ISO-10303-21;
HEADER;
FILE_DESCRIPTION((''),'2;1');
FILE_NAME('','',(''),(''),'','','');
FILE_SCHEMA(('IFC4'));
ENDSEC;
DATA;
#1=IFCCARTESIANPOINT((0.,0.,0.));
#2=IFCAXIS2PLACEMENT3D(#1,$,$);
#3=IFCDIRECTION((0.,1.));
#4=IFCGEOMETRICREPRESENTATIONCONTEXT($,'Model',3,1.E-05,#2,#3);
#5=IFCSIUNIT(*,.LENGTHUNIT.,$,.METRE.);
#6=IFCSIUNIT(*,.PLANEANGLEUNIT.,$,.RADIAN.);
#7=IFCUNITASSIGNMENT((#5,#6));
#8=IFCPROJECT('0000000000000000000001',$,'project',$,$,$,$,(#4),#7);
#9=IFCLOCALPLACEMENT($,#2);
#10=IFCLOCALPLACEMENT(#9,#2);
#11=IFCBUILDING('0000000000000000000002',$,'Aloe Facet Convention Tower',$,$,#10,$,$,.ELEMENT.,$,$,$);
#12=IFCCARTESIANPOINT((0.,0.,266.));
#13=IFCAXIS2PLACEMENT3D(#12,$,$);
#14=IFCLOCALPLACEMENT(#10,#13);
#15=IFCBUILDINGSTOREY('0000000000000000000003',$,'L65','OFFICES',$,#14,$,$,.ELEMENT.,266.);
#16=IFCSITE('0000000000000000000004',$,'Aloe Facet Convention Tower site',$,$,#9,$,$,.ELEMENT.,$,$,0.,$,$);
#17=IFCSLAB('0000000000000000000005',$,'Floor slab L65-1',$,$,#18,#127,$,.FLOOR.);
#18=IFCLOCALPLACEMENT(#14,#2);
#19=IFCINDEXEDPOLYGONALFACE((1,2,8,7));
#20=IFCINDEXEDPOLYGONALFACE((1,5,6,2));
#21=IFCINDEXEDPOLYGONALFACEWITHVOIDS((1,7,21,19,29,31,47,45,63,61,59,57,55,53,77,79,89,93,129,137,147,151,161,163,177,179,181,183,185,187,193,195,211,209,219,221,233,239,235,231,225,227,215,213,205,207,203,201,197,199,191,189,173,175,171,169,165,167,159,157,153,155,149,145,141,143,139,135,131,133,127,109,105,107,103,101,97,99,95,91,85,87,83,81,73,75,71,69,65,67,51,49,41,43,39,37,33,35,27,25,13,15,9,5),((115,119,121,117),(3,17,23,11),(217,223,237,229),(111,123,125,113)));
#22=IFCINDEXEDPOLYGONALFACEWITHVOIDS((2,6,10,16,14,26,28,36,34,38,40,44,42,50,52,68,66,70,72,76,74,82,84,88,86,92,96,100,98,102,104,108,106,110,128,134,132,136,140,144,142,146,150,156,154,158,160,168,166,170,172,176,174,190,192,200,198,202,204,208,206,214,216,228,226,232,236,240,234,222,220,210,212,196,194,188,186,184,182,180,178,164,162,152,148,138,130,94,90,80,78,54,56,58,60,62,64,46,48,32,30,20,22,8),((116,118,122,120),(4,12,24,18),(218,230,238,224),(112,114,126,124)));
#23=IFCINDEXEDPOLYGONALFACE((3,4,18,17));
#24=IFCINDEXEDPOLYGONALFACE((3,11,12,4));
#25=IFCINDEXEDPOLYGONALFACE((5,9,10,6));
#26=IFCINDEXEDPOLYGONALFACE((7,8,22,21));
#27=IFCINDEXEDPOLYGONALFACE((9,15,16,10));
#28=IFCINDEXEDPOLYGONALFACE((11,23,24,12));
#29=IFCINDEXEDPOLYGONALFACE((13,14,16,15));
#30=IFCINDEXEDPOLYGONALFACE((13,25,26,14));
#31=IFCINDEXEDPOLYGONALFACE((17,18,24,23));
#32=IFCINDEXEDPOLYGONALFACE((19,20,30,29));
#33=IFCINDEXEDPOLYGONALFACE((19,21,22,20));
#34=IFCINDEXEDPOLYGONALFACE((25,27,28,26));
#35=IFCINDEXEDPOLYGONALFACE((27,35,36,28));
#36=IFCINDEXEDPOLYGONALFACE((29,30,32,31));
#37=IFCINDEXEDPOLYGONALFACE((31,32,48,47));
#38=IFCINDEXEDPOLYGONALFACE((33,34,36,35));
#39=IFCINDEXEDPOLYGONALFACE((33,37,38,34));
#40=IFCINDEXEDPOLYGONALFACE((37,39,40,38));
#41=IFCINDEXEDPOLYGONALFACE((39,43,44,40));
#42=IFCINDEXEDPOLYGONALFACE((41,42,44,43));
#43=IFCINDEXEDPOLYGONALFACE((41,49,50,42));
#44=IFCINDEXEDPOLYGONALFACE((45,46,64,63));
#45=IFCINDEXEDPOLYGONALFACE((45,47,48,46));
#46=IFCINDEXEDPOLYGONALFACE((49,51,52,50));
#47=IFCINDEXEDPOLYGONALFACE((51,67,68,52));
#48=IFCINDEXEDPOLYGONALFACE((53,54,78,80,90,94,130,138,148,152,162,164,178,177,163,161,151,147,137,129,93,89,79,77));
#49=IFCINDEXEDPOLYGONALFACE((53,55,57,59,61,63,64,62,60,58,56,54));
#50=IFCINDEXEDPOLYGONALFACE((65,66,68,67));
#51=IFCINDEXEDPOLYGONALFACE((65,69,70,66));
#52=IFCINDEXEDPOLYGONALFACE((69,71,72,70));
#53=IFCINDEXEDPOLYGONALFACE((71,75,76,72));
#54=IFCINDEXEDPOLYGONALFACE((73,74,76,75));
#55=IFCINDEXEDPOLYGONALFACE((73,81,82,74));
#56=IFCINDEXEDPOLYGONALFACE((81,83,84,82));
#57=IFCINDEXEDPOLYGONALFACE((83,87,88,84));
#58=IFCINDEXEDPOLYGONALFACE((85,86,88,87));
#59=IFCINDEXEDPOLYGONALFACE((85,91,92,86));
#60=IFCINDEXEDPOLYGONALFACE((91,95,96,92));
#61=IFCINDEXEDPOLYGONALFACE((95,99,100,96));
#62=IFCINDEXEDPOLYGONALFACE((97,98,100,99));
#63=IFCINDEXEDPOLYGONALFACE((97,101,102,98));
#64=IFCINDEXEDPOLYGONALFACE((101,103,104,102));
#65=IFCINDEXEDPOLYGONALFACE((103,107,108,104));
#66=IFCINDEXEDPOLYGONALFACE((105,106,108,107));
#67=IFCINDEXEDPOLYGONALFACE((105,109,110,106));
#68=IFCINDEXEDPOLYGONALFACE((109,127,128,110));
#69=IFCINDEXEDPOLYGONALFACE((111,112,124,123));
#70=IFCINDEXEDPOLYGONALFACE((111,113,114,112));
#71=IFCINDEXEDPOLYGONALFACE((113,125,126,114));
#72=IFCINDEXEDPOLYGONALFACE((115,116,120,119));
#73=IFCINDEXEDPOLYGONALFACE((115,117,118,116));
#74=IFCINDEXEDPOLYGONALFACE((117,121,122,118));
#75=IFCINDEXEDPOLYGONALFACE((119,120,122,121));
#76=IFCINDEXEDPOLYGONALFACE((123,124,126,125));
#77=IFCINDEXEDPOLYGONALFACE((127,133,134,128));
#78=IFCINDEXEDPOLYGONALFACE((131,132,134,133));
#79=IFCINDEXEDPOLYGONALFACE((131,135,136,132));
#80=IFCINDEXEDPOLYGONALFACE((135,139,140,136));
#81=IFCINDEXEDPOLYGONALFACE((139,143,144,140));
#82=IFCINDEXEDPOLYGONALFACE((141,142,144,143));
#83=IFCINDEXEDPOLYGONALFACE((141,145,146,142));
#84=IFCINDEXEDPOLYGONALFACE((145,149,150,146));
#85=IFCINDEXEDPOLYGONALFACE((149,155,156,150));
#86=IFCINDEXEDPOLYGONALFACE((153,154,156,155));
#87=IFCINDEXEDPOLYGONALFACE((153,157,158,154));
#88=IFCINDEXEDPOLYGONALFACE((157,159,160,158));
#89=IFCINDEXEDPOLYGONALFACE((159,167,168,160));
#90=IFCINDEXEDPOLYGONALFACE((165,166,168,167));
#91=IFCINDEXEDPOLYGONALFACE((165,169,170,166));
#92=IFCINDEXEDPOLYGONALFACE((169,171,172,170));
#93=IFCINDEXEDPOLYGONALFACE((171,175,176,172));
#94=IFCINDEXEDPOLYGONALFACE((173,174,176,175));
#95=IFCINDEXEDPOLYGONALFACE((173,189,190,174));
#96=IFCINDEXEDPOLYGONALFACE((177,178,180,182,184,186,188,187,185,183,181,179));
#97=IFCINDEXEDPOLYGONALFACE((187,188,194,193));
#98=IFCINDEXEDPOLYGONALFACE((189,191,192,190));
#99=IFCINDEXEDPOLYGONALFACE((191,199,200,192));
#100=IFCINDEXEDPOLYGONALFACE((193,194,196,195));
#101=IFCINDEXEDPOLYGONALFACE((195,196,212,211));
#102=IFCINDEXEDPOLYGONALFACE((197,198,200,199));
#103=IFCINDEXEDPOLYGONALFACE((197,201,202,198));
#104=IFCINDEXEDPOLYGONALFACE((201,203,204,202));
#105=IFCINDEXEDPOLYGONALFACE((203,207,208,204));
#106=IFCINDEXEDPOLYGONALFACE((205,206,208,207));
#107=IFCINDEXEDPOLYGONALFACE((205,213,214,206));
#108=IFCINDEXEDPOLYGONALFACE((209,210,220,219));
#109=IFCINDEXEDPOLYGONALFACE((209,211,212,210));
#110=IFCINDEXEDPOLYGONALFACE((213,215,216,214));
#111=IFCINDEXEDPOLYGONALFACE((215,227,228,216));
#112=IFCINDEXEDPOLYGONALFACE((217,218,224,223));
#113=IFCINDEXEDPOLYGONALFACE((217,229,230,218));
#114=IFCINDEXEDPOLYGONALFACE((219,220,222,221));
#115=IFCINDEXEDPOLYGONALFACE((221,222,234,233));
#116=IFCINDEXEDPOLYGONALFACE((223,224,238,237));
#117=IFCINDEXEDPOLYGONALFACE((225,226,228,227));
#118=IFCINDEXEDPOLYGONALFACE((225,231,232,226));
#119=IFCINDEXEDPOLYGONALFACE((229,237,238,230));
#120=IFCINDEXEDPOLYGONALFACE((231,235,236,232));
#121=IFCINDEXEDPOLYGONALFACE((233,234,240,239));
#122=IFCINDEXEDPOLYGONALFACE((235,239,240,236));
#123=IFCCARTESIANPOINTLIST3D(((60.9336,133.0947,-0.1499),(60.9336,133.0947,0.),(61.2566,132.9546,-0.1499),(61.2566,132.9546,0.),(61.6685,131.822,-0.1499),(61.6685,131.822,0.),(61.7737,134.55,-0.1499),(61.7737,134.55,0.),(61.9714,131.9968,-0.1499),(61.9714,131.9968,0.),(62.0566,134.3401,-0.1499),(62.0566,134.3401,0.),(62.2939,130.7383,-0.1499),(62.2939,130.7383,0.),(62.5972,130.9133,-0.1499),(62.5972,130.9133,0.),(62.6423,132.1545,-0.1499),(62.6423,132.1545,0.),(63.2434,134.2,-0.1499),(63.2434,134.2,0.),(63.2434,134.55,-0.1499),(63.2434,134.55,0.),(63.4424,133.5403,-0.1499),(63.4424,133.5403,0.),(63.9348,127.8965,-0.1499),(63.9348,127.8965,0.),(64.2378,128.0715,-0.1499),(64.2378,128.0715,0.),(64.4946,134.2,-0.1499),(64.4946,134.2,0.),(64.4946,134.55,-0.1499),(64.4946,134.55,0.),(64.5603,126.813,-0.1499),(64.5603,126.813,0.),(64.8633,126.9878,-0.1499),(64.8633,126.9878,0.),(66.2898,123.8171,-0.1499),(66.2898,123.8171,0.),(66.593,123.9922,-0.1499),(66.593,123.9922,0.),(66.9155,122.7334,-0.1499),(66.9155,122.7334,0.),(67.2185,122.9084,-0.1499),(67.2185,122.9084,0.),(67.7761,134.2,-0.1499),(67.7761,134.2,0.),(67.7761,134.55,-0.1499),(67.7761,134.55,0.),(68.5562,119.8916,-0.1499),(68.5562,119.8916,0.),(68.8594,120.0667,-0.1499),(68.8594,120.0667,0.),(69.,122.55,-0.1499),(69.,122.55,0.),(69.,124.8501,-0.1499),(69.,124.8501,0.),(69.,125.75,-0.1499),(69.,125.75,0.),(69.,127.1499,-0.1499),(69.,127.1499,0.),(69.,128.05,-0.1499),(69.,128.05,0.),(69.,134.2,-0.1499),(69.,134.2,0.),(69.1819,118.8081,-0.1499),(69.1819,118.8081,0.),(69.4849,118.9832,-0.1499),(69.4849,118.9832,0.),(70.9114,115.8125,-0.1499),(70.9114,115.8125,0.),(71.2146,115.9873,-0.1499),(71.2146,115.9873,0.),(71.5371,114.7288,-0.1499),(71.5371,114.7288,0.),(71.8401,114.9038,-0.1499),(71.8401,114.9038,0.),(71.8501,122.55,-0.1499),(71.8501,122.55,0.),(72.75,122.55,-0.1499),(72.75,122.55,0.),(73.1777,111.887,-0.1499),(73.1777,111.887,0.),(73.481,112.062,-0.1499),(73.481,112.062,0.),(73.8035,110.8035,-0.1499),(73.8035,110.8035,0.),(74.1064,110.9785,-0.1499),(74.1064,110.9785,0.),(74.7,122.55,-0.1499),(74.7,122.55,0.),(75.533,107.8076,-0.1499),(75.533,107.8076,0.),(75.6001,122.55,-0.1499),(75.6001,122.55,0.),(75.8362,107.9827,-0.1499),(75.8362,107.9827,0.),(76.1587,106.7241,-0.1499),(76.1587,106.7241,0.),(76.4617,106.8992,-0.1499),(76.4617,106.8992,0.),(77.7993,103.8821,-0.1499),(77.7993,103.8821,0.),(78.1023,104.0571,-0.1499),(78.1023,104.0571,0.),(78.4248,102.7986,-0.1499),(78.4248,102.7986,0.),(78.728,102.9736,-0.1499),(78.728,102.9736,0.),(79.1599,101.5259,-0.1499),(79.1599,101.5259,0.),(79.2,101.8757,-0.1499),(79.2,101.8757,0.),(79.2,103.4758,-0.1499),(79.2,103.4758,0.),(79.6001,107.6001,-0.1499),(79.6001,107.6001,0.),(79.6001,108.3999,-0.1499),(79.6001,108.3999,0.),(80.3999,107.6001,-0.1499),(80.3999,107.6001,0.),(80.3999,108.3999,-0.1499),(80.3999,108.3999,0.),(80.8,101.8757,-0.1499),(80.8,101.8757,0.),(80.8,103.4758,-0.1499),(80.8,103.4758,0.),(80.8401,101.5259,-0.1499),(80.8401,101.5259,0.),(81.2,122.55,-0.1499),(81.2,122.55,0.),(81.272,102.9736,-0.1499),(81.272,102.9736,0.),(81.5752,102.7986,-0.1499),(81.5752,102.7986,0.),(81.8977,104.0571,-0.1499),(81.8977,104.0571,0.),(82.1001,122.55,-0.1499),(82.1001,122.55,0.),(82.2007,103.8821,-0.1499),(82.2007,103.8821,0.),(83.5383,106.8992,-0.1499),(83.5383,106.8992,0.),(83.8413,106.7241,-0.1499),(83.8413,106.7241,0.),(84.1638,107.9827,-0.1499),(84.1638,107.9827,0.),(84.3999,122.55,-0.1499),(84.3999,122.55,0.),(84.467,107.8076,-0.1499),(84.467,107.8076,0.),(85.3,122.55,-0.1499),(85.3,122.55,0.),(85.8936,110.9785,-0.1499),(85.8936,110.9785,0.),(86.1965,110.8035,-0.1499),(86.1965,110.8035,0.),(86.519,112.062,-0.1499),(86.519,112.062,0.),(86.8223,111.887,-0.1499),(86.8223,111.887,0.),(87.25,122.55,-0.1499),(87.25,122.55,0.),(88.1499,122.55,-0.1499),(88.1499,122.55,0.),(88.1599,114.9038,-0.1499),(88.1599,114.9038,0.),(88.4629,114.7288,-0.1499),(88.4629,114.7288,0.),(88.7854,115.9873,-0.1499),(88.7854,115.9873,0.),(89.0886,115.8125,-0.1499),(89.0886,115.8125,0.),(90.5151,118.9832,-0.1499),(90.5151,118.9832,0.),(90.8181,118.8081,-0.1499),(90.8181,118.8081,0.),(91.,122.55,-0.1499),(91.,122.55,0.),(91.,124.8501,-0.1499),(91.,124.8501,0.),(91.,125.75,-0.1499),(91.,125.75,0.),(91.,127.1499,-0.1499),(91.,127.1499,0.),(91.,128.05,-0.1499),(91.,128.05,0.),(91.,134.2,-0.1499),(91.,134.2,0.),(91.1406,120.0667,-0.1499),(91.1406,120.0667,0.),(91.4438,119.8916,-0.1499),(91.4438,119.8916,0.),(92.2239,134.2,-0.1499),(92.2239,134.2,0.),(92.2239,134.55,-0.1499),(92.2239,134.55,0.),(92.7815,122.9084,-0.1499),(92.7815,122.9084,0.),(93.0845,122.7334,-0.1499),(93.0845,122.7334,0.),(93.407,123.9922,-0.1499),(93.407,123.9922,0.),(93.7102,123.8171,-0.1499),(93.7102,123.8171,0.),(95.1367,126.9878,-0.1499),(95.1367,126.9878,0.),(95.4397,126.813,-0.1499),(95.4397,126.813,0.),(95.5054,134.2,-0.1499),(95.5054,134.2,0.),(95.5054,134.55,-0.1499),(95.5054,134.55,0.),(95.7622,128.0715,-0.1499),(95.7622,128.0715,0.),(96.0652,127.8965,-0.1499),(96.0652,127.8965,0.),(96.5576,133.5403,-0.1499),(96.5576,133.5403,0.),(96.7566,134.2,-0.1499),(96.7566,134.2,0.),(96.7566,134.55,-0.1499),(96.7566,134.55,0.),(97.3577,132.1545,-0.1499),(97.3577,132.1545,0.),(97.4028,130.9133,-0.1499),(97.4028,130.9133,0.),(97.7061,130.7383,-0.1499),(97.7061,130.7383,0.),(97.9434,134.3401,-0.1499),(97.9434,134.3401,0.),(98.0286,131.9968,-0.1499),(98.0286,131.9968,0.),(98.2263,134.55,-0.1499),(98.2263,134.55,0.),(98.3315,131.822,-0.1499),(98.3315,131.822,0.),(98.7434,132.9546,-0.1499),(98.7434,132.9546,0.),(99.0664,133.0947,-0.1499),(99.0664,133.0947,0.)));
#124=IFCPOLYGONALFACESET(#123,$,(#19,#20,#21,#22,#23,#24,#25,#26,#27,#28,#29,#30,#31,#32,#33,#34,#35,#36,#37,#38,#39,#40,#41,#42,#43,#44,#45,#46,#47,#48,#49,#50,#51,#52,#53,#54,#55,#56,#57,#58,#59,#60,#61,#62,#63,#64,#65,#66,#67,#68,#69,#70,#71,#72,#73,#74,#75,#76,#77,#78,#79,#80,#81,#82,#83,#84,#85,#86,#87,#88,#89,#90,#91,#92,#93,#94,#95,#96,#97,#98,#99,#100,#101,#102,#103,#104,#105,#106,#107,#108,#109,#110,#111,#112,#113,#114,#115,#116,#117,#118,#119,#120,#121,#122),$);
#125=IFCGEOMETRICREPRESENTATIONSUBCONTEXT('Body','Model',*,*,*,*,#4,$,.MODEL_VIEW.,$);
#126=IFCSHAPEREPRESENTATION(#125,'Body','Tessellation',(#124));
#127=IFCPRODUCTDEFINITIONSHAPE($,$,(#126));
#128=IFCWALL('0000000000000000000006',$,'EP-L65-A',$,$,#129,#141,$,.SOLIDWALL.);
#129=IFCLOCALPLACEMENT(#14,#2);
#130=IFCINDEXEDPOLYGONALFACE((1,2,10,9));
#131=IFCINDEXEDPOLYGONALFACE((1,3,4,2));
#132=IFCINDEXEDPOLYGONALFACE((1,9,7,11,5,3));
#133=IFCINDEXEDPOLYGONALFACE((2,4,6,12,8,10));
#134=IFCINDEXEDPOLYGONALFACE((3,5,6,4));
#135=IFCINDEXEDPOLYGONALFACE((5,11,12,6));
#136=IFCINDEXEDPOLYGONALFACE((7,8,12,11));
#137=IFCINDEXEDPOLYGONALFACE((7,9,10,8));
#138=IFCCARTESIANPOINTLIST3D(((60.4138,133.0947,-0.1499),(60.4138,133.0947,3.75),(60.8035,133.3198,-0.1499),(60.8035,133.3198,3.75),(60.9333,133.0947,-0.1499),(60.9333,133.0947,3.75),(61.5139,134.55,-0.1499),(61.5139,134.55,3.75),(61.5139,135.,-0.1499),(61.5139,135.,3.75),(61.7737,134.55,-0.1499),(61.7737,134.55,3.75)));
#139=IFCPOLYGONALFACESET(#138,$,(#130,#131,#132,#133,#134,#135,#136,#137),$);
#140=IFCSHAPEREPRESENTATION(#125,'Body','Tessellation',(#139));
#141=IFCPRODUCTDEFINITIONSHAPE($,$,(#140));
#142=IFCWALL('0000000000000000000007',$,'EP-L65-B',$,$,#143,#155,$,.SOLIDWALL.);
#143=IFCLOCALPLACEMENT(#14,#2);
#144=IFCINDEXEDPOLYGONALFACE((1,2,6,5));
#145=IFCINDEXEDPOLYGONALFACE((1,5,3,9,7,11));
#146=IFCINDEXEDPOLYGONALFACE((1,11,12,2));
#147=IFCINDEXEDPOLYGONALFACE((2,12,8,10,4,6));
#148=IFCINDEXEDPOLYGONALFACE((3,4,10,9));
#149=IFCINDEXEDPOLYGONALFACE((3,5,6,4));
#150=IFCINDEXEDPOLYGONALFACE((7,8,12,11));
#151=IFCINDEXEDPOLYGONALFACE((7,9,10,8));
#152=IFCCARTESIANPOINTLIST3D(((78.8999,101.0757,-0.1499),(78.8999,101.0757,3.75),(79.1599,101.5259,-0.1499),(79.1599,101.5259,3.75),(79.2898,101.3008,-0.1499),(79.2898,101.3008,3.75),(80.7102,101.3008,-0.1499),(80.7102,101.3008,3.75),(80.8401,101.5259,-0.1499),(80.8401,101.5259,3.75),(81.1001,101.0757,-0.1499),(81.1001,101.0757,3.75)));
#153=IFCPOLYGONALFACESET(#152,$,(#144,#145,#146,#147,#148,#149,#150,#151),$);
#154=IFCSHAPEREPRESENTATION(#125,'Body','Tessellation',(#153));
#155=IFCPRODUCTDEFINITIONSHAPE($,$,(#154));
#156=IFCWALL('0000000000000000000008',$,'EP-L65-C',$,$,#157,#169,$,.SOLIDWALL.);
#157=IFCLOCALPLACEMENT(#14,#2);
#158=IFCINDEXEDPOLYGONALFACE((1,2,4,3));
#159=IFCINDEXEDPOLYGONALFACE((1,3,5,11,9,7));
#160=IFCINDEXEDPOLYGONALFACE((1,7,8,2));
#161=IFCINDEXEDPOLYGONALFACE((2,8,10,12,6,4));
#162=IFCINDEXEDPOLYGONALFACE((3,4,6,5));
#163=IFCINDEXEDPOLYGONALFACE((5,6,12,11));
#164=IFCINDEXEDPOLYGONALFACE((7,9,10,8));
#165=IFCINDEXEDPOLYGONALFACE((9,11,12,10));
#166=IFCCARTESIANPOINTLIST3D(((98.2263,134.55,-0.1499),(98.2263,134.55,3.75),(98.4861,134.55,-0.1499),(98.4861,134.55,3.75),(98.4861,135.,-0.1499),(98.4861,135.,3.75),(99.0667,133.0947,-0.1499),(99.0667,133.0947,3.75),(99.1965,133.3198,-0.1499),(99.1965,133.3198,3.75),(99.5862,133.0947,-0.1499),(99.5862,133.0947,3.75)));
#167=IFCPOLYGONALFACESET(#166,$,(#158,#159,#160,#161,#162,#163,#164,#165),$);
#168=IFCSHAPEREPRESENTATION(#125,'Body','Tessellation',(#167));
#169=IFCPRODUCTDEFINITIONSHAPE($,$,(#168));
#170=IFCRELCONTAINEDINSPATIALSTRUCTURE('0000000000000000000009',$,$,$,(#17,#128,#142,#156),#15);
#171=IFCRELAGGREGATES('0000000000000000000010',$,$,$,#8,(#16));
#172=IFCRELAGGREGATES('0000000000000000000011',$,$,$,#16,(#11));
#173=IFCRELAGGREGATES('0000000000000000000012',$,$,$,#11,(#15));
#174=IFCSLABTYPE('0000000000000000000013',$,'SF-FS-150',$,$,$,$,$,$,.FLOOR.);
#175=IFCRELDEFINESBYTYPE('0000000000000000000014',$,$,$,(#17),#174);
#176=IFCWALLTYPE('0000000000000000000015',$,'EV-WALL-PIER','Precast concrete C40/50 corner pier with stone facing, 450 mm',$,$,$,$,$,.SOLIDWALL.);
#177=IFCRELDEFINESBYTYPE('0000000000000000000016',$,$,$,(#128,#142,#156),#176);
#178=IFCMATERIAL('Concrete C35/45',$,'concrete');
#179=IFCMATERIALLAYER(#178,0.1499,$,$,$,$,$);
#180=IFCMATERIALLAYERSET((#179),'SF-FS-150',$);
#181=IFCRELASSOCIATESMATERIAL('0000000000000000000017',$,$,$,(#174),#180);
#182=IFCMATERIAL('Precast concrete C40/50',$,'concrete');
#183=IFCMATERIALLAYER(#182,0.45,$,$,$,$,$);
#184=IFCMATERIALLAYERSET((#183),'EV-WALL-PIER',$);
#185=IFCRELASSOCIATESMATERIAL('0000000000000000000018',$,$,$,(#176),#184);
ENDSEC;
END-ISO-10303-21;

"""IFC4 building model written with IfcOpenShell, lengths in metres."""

from ifc_helpers import new_model, si_unit, direction, frame, origin, place, context, subcontext, project, spatial, polyline, outline, extrude, material, layer, layer_set, type_object, element, save


model = new_model("IFC4")

# Units and contexts
model_context = context("Model", 3, precision=1e-05, world=origin(), true_north=direction((0.0, 1.0)))
body_context = subcontext(model_context, "Body", "Model", "MODEL_VIEW")
ifc_project = project(units=[si_unit("LENGTHUNIT", "METRE"), si_unit("PLANEANGLEUNIT", "RADIAN")], contexts=[model_context])

# Site, building, storey
site_placement = place(None, origin())
site = spatial("IfcSite", under=ifc_project, at=site_placement, Name="Aloe Facet Convention Tower site", CompositionType="ELEMENT", RefElevation=0.0)
building_placement = place(site_placement, origin())
building = spatial("IfcBuilding", under=site, at=building_placement, Name="Aloe Facet Convention Tower", CompositionType="ELEMENT")
storey_placement = place(building_placement, frame((0.0, 0.0, 266.0)))
storey = spatial("IfcBuildingStorey", under=building, at=storey_placement, Name="L65", Description="OFFICES", CompositionType="ELEMENT", Elevation=266.0)

# Slab
ifc_material_1 = material(Name="Concrete C35/45", Category="concrete")
ifc_layer_1 = layer(ifc_material_1, 0.1499)
ifc_layer_set_1 = layer_set([ifc_layer_1], Name="SF-FS-150")
slab_type_1 = type_object("IfcSlabType", Name="SF-FS-150", PredefinedType="FLOOR", material=ifc_layer_set_1)
slab_1_placement = place(storey_placement, frame((0.0, 0.0, -0.1499)))
element("IfcSlab", 1, at=slab_1_placement, inside=storey, type_object=slab_type_1, Name="Floor slab L65-1", PredefinedType="FLOOR", context=body_context, shape_type="SweptSolid", body=[
    extrude(outline(polyline([(99.0664, 133.0947), (98.3315, 131.822), (98.0286, 131.9968), (97.4028, 130.9133), (97.7061, 130.7383), (96.0652, 127.8965), (95.7622, 128.0715), (95.1367, 126.9878), (95.4397, 126.813), (93.7102, 123.8171), (93.407, 123.9922), (92.7815, 122.9084), (93.0845, 122.7334), (91.4438, 119.8916), (91.1406, 120.0667), (90.5151, 118.9832), (90.8181, 118.8081), (89.0886, 115.8125), (88.7854, 115.9873), (88.1599, 114.9038), (88.4629, 114.7288), (86.8223, 111.887), (86.519, 112.062), (85.8936, 110.9785), (86.1965, 110.8035), (84.467, 107.8076), (84.1638, 107.9827), (83.5383, 106.8992), (83.8413, 106.7241), (82.2007, 103.8821), (81.8977, 104.0571), (81.272, 102.9736), (81.5752, 102.7986), (80.8401, 101.5259), (79.1599, 101.5259), (78.4248, 102.7986), (78.728, 102.9736), (78.1023, 104.0571), (77.7993, 103.8821), (76.1587, 106.7241), (76.4617, 106.8992), (75.8362, 107.9827), (75.533, 107.8076), (73.8035, 110.8035), (74.1064, 110.9785), (73.481, 112.062), (73.1777, 111.887), (71.5371, 114.7288), (71.8401, 114.9038), (71.2146, 115.9873), (70.9114, 115.8125), (69.1819, 118.8081), (69.4849, 118.9832), (68.8594, 120.0667), (68.5562, 119.8916), (66.9155, 122.7334), (67.2185, 122.9084), (66.593, 123.9922), (66.2898, 123.8171), (64.5603, 126.813), (64.8633, 126.9878), (64.2378, 128.0715), (63.9348, 127.8965), (62.2939, 130.7383), (62.5972, 130.9133), (61.9714, 131.9968), (61.6685, 131.822), (60.9336, 133.0947), (61.7737, 134.55), (63.2434, 134.55), (63.2434, 134.2), (64.4946, 134.2), (64.4946, 134.55), (67.7761, 134.55), (67.7761, 134.2), (69.0, 134.2), (69.0, 128.05), (69.0, 127.1499), (69.0, 125.75), (69.0, 124.8501), (69.0, 122.55), (71.8501, 122.55), (72.75, 122.55), (74.7, 122.55), (75.6001, 122.55), (81.2, 122.55), (82.1001, 122.55), (84.3999, 122.55), (85.3, 122.55), (87.25, 122.55), (88.1499, 122.55), (91.0, 122.55), (91.0, 124.8501), (91.0, 125.75), (91.0, 127.1499), (91.0, 128.05), (91.0, 134.2), (92.2239, 134.2), (92.2239, 134.55), (95.5054, 134.55), (95.5054, 134.2), (96.7566, 134.2), (96.7566, 134.55), (98.2263, 134.55), (99.0664, 133.0947)]), holes=[polyline([(80.8, 101.8757), (80.8, 103.4758), (79.2, 103.4758), (79.2, 101.8757), (80.8, 101.8757)]), polyline([(62.0566, 134.3401), (61.2566, 132.9546), (62.6423, 132.1545), (63.4424, 133.5403), (62.0566, 134.3401)]), polyline([(80.3999, 107.6001), (80.3999, 108.3999), (79.6001, 108.3999), (79.6001, 107.6001), (80.3999, 107.6001)]), polyline([(98.7434, 132.9546), (97.9434, 134.3401), (96.5576, 133.5403), (97.3577, 132.1545), (98.7434, 132.9546)])]), origin(), (0.0, 0.0, 1.0), 0.1499),
])

# Walls
ifc_material_2 = material(Name="Precast concrete C40/50", Category="concrete")
ifc_layer_2 = layer(ifc_material_2, 0.45)
ifc_layer_set_2 = layer_set([ifc_layer_2], Name="EV-WALL-PIER")
wall_type_1 = type_object("IfcWallType", Name="EV-WALL-PIER", Description="Precast concrete C40/50 corner pier with stone facing, 450 mm", PredefinedType="SOLIDWALL", material=ifc_layer_set_2)
wall_1_placement = place(storey_placement, frame((0.0, 0.0, -0.1499)))
element("IfcWall", 2, at=wall_1_placement, inside=storey, type_object=wall_type_1, Name="EP-L65-A", PredefinedType="SOLIDWALL", context=body_context, shape_type="SweptSolid", body=[
    extrude(outline(polyline([(61.5139, 135.0), (61.5139, 134.55), (61.7737, 134.55), (60.9333, 133.0947), (60.8035, 133.3198), (60.4138, 133.0947), (61.5139, 135.0)])), origin(), (0.0, 0.0, 1.0), 3.8999),
])
wall_2_placement = place(storey_placement, frame((0.0, 0.0, -0.1499)))
element("IfcWall", 3, at=wall_2_placement, inside=storey, type_object=wall_type_1, Name="EP-L65-B", PredefinedType="SOLIDWALL", context=body_context, shape_type="SweptSolid", body=[
    extrude(outline(polyline([(78.8999, 101.0757), (79.2898, 101.3008), (79.1599, 101.5259), (80.8401, 101.5259), (80.7102, 101.3008), (81.1001, 101.0757), (78.8999, 101.0757)])), origin(), (0.0, 0.0, 1.0), 3.8999),
])
wall_3_placement = place(storey_placement, frame((0.0, 0.0, -0.1499)))
element("IfcWall", 4, at=wall_3_placement, inside=storey, type_object=wall_type_1, Name="EP-L65-C", PredefinedType="SOLIDWALL", context=body_context, shape_type="SweptSolid", body=[
    extrude(outline(polyline([(99.5862, 133.0947), (99.1965, 133.3198), (99.0667, 133.0947), (98.2263, 134.55), (98.4861, 134.55), (98.4861, 135.0), (99.5862, 133.0947)])), origin(), (0.0, 0.0, 1.0), 3.8999),
])

save(model, "model.ifc")
